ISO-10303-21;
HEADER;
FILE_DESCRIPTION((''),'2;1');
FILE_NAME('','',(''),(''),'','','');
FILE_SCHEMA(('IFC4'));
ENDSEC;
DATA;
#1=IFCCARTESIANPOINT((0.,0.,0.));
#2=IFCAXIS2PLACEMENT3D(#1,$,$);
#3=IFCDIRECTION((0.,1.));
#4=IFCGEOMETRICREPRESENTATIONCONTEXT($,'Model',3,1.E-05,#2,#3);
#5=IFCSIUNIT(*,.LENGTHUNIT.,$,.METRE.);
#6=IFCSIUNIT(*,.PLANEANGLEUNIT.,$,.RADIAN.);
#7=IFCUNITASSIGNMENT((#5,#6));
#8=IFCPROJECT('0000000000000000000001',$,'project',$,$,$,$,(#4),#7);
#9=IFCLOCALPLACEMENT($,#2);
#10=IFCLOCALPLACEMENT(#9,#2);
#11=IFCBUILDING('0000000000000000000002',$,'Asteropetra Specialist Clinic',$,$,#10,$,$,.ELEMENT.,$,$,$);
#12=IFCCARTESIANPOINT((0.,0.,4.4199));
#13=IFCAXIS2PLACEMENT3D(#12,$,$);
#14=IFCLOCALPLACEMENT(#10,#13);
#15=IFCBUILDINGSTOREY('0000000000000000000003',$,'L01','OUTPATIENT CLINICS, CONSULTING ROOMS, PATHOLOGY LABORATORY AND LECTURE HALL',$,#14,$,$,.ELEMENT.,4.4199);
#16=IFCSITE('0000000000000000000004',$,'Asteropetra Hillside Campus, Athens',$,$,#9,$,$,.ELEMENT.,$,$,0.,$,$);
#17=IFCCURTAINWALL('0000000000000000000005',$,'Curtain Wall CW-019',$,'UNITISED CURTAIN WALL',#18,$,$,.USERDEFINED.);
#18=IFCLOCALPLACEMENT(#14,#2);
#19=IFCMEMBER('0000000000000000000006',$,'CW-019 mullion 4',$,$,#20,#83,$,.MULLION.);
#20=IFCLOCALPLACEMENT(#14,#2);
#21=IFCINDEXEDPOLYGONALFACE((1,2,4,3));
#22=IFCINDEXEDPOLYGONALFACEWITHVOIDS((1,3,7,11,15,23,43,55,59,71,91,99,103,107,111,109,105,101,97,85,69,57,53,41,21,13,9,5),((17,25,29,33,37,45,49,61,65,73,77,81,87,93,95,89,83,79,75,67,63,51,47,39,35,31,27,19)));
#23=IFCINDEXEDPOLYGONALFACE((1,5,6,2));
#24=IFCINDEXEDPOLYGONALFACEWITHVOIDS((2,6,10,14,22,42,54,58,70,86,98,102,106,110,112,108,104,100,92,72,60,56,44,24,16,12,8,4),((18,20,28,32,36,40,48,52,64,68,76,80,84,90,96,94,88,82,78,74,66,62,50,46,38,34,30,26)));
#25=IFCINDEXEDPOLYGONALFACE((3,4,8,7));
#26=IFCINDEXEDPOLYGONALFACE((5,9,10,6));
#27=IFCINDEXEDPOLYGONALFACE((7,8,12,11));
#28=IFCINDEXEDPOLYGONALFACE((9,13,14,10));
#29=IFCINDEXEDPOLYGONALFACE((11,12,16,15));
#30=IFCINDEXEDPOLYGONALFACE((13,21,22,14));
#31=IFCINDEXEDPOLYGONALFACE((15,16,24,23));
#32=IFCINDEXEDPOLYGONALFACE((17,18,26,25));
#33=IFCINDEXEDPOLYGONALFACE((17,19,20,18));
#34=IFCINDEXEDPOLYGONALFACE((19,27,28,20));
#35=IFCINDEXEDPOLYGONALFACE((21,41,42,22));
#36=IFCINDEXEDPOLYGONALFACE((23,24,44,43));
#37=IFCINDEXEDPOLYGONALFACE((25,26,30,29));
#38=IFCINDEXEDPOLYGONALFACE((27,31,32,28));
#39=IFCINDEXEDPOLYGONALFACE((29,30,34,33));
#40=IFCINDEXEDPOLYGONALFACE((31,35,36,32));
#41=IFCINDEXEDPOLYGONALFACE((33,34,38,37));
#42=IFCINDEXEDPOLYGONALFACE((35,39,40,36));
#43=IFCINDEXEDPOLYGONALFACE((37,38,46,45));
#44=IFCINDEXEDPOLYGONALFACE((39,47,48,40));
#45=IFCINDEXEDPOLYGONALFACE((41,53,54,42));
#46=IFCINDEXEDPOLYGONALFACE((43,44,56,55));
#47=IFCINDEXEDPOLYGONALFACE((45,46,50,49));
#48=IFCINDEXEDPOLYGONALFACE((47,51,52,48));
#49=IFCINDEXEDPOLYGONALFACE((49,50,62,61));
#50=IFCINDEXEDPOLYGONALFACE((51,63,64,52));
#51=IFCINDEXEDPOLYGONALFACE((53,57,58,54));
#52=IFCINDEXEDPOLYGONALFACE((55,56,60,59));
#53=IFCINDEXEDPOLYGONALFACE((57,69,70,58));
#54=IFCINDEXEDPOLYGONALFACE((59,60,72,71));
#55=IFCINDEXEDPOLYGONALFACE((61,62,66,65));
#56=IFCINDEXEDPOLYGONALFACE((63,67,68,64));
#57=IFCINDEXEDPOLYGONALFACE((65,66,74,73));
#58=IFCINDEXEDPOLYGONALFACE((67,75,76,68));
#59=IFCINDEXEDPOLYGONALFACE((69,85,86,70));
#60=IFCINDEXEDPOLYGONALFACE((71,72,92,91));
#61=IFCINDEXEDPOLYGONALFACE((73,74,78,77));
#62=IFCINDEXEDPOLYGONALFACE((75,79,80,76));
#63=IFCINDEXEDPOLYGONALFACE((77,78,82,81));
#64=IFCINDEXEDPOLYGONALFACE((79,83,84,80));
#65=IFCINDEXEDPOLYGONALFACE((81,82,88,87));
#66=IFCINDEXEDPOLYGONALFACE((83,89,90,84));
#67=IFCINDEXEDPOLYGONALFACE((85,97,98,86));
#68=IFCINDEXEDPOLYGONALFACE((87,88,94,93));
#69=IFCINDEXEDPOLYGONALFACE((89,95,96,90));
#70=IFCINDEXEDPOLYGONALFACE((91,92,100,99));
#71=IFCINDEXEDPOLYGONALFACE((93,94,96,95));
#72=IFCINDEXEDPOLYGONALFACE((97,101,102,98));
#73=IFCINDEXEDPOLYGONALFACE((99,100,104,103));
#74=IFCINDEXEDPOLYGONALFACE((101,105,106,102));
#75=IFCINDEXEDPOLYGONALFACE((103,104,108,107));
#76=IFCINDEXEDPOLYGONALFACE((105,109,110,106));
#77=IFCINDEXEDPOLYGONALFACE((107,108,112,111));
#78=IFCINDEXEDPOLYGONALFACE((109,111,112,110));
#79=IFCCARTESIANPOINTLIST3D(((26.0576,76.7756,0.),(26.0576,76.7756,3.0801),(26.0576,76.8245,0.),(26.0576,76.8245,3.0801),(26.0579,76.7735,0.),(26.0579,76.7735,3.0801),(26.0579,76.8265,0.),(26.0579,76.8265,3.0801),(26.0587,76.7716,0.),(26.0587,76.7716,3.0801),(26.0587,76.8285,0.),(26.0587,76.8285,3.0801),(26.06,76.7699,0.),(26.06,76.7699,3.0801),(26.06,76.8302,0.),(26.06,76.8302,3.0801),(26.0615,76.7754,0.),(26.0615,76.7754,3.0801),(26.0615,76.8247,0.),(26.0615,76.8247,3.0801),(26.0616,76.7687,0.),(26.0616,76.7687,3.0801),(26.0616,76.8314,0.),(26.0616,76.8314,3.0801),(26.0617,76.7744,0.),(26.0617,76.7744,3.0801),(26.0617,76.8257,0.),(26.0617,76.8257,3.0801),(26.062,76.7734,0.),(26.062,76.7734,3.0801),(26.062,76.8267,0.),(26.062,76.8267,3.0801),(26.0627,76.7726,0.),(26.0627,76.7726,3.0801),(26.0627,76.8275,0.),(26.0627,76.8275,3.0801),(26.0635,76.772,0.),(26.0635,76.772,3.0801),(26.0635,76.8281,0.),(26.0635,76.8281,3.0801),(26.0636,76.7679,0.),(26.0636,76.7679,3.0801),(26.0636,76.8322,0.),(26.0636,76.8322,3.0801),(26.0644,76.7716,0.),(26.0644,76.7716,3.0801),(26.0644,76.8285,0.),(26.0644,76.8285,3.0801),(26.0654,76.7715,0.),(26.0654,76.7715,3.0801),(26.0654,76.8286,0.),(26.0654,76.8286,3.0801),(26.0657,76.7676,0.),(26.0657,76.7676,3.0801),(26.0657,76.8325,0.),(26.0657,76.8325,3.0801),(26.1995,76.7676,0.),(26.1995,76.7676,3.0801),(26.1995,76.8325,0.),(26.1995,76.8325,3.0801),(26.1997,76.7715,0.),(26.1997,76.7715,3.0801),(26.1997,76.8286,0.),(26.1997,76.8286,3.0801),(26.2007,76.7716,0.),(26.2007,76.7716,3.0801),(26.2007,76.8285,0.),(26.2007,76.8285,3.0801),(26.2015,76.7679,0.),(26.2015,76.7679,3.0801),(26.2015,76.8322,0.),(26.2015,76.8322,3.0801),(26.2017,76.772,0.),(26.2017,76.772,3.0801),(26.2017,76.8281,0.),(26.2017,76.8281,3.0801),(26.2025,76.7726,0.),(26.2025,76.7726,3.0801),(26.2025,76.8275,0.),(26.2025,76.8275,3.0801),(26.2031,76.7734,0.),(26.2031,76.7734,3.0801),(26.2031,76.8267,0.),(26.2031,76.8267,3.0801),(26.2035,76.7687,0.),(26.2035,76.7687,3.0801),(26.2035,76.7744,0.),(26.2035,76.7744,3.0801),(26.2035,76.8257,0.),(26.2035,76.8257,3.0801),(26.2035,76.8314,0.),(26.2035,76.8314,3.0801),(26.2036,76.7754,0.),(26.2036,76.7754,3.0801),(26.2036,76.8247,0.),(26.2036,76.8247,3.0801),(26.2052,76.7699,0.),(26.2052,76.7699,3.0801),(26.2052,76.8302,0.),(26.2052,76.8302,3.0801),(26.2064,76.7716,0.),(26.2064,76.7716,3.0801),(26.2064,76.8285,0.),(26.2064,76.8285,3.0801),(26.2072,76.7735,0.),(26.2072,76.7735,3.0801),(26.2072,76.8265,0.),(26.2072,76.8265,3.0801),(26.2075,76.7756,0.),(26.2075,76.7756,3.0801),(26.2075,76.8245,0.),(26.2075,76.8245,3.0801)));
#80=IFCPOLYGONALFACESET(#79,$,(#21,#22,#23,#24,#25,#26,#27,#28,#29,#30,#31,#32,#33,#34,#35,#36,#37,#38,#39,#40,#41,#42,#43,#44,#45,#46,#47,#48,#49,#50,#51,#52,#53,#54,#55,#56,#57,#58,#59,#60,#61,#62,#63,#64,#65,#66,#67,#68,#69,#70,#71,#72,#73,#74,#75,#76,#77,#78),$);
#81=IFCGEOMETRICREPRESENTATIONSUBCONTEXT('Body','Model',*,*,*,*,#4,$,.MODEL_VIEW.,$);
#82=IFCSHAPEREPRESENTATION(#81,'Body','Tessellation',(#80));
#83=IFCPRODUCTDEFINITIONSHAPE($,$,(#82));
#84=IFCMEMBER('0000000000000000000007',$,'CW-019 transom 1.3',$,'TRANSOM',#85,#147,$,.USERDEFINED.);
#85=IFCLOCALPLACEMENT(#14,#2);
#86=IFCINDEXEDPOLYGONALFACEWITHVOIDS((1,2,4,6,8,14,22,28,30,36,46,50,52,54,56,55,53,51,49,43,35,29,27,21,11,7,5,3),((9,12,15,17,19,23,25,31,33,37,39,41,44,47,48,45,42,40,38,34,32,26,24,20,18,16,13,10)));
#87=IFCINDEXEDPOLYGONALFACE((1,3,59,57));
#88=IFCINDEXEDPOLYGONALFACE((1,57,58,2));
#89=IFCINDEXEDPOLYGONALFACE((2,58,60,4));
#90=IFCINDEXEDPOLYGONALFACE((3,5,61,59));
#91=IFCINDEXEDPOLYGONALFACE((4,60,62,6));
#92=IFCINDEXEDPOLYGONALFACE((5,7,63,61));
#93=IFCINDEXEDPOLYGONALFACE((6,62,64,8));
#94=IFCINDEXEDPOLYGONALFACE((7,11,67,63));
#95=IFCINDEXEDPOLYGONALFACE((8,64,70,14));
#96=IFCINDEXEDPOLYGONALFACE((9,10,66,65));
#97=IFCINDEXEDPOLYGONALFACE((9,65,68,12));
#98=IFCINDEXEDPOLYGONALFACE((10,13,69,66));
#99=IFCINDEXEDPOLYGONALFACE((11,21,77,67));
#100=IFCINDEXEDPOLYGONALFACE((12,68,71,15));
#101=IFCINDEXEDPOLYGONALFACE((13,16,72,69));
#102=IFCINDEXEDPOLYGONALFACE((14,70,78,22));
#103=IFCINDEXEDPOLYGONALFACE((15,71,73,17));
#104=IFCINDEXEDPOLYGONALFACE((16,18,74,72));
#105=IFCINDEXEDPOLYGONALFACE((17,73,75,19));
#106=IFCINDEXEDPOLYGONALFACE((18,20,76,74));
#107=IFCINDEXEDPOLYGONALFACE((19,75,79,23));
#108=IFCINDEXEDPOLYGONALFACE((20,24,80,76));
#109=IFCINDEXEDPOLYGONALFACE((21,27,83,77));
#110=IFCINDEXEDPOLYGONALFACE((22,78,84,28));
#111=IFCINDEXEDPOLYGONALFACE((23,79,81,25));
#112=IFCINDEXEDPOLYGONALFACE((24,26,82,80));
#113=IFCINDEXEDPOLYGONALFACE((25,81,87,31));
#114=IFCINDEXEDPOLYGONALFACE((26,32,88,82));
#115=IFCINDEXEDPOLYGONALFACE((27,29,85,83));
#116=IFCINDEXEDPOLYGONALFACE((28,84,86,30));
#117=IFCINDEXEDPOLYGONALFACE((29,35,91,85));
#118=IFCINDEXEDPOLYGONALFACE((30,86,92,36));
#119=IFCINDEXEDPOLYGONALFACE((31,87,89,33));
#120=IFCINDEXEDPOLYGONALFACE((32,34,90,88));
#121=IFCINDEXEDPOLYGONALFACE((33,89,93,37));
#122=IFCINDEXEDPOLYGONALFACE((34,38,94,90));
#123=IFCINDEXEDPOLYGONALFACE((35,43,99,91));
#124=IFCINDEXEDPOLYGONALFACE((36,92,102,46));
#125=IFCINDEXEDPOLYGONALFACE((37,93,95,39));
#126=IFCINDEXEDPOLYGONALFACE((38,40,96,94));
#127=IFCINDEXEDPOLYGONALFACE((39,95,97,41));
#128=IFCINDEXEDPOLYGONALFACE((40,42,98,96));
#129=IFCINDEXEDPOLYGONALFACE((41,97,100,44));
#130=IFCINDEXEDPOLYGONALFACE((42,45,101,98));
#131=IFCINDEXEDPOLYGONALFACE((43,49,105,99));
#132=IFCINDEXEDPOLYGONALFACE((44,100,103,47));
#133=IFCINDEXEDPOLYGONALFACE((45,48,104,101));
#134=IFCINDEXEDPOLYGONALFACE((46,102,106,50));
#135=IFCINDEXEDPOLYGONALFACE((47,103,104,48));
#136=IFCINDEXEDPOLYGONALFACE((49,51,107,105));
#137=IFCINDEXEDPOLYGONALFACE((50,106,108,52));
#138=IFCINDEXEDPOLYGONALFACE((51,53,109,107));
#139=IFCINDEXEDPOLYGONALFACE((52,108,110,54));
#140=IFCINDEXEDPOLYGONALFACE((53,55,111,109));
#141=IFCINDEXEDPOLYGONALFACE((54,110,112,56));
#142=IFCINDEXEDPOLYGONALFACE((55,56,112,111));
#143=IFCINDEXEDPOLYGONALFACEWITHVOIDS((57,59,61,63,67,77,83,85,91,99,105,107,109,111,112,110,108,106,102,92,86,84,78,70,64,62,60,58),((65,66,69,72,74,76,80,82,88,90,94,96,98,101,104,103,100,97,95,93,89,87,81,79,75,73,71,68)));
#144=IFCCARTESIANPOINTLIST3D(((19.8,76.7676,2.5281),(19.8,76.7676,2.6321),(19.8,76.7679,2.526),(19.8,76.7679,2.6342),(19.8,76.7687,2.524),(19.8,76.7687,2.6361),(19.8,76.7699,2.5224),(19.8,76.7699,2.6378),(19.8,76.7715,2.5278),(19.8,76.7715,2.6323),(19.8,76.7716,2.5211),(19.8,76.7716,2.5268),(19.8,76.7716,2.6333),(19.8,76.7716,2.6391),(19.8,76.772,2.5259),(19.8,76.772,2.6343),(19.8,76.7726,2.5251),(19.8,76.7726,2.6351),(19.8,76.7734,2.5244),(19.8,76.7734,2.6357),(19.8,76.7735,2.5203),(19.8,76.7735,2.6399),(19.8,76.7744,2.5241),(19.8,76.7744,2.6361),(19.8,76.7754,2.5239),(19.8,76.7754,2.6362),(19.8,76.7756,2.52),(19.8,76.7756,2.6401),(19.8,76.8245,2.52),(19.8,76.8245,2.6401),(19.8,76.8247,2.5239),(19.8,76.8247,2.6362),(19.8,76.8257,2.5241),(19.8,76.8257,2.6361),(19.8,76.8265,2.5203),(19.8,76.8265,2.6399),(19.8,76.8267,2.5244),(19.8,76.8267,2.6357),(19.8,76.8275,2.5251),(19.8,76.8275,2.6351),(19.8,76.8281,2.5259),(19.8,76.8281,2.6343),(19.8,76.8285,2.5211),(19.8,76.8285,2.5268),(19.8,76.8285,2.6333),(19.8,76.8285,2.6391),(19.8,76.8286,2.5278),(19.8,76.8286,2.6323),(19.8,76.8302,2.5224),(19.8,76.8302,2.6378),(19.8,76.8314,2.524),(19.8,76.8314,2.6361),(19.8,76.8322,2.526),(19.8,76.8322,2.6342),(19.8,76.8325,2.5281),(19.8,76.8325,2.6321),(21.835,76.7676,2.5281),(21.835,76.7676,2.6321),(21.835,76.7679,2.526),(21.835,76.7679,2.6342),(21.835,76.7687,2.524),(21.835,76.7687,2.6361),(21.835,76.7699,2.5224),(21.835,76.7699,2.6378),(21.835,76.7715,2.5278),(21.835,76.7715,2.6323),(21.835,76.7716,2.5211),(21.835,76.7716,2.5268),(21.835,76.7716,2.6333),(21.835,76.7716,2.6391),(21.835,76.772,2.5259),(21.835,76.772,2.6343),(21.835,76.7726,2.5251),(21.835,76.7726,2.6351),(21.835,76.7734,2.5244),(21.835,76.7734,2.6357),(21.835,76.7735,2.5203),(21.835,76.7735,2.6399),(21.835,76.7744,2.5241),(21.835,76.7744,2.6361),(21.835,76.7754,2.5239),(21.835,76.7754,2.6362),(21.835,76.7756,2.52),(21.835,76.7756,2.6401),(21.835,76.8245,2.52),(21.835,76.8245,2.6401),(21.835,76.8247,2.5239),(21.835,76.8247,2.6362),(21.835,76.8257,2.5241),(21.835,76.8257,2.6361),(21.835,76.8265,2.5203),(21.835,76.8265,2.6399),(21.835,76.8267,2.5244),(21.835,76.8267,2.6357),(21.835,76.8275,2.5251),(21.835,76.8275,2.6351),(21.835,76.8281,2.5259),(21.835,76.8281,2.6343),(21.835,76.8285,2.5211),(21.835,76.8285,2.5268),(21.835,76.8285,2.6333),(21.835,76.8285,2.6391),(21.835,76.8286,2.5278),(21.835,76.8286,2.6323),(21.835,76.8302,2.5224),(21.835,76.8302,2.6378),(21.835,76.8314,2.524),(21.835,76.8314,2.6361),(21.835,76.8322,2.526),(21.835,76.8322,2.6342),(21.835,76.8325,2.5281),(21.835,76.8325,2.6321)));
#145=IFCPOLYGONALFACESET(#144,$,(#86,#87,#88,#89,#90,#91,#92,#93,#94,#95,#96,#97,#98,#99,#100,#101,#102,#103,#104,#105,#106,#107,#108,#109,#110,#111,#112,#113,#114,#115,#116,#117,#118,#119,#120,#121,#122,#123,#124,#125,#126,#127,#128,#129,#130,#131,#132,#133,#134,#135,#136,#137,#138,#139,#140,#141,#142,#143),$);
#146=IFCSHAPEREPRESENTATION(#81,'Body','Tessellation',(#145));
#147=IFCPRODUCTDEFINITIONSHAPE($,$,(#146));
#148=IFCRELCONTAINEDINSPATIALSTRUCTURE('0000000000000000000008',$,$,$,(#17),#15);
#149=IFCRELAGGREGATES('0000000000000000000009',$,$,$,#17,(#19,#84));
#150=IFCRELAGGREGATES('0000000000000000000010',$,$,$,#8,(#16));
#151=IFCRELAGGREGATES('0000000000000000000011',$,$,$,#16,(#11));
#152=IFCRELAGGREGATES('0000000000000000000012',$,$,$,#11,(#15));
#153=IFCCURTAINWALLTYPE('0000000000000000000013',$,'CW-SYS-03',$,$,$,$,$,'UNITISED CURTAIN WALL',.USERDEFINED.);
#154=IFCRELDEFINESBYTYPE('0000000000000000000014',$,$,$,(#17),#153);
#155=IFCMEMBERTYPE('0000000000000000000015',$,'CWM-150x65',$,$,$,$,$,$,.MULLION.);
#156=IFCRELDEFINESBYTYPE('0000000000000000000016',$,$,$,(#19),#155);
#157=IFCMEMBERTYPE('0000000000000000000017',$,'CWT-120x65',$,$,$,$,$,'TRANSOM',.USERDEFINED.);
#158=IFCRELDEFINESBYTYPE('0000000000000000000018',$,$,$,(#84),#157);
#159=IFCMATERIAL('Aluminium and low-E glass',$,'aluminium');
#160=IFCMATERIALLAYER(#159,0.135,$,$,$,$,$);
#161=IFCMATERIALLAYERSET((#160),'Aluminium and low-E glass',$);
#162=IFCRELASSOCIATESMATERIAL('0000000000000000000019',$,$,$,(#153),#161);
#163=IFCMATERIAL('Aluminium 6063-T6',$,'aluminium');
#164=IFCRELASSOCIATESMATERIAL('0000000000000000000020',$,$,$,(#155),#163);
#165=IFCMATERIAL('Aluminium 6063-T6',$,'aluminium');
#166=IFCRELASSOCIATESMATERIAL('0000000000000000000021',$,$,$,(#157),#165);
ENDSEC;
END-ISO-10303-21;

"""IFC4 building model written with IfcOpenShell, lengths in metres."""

from ifc_helpers import new_model, si_unit, direction, frame, origin, origin_2d, place, context, subcontext, project, spatial, hollow_rectangle, extrude, material, layer, layer_set, material_profile, profile_set, type_object, element, aggregate, save


model = new_model("IFC4")

# Units and contexts
model_context = context("Model", 3, precision=1e-05, world=origin(), true_north=direction((0.0, 1.0)))
body_context = subcontext(model_context, "Body", "Model", "MODEL_VIEW")
ifc_project = project(units=[si_unit("LENGTHUNIT", "METRE"), si_unit("PLANEANGLEUNIT", "RADIAN")], contexts=[model_context])

# Site, building, storey
site_placement = place(None, origin())
site = spatial("IfcSite", under=ifc_project, at=site_placement, Name="Asteropetra Hillside Campus, Athens", CompositionType="ELEMENT", RefElevation=0.0)
building_placement = place(site_placement, origin())
building = spatial("IfcBuilding", under=site, at=building_placement, Name="Asteropetra Specialist Clinic", CompositionType="ELEMENT")
storey_placement = place(building_placement, frame((0.0, 0.0, 4.4199)))
storey = spatial("IfcBuildingStorey", under=building, at=storey_placement, Name="L01", Description="OUTPATIENT CLINICS, CONSULTING ROOMS, PATHOLOGY LABORATORY AND LECTURE HALL", CompositionType="ELEMENT", Elevation=4.4199)

# Curtain wall, members
ifc_material_1 = material(Name="Aluminium and low-E glass", Category="aluminium")
ifc_layer_1 = layer(ifc_material_1, 0.135)
ifc_layer_set_1 = layer_set([ifc_layer_1], Name="Aluminium and low-E glass")
curtain_wall_type = type_object("IfcCurtainWallType", Name="CW-SYS-03", ElementType="UNITISED CURTAIN WALL", PredefinedType="USERDEFINED", material=ifc_layer_set_1)
curtain_wall_placement = place(storey_placement, origin())
curtain_wall = element("IfcCurtainWall", 1, at=curtain_wall_placement, inside=storey, type_object=curtain_wall_type, Name="Curtain Wall CW-019", ObjectType="UNITISED CURTAIN WALL", PredefinedType="USERDEFINED")
ifc_material_2 = material(Name="Aluminium 6063-T6", Category="aluminium")
ifc_material_profile_1 = material_profile(ifc_material_2, hollow_rectangle(XDim=0.0649, YDim=0.1499, WallThickness=0.0039, InnerFilletRadius=0.0039, OuterFilletRadius=0.0081, at=origin_2d()), Name="MUL 150x65x4.0")
ifc_profile_set_1 = profile_set([ifc_material_profile_1], Name="Aluminium 6063-T6")
member_type_1 = type_object("IfcMemberType", Name="CWM-150x65", PredefinedType="MULLION", material=ifc_profile_set_1)
member_1_placement = place(storey_placement, frame((26.1326, 76.8, 0.0), z_axis=(0.0, 0.0, 1.0), x_axis=(0.0, 1.0, 0.0)))
member_1 = element("IfcMember", 2, at=member_1_placement, type_object=member_type_1, Name="CW-019 mullion 4", PredefinedType="MULLION", context=body_context, shape_type="SweptSolid", body=[
    extrude(hollow_rectangle(XDim=0.0649, YDim=0.1499, WallThickness=0.0039, InnerFilletRadius=0.0039, OuterFilletRadius=0.0081, at=origin_2d()), origin(), (0.0, 0.0, 1.0), 3.0801),
])
ifc_material_3 = material(Name="Aluminium 6063-T6", Category="aluminium")
ifc_material_profile_2 = material_profile(ifc_material_3, hollow_rectangle(XDim=0.0649, YDim=0.1201, WallThickness=0.0039, InnerFilletRadius=0.0039, OuterFilletRadius=0.0081, at=origin_2d()), Name="TRN 120x65x4.0")
ifc_profile_set_2 = profile_set([ifc_material_profile_2], Name="Aluminium 6063-T6")
member_type_2 = type_object("IfcMemberType", Name="CWT-120x65", ElementType="TRANSOM", PredefinedType="USERDEFINED", material=ifc_profile_set_2)
member_2_placement = place(storey_placement, frame((19.8, 76.8, 2.5801), z_axis=(1.0, 0.0, 0.0), x_axis=(0.0, 1.0, 0.0)))
member_2 = element("IfcMember", 3, at=member_2_placement, type_object=member_type_2, Name="CW-019 transom 1.3", ObjectType="TRANSOM", PredefinedType="USERDEFINED", context=body_context, shape_type="SweptSolid", body=[
    extrude(hollow_rectangle(XDim=0.0649, YDim=0.1201, WallThickness=0.0039, InnerFilletRadius=0.0039, OuterFilletRadius=0.0081, at=origin_2d()), origin(), (0.0, 0.0, 1.0), 2.0349),
])
aggregate(curtain_wall, [member_1, member_2])

save(model, "model.ifc")
